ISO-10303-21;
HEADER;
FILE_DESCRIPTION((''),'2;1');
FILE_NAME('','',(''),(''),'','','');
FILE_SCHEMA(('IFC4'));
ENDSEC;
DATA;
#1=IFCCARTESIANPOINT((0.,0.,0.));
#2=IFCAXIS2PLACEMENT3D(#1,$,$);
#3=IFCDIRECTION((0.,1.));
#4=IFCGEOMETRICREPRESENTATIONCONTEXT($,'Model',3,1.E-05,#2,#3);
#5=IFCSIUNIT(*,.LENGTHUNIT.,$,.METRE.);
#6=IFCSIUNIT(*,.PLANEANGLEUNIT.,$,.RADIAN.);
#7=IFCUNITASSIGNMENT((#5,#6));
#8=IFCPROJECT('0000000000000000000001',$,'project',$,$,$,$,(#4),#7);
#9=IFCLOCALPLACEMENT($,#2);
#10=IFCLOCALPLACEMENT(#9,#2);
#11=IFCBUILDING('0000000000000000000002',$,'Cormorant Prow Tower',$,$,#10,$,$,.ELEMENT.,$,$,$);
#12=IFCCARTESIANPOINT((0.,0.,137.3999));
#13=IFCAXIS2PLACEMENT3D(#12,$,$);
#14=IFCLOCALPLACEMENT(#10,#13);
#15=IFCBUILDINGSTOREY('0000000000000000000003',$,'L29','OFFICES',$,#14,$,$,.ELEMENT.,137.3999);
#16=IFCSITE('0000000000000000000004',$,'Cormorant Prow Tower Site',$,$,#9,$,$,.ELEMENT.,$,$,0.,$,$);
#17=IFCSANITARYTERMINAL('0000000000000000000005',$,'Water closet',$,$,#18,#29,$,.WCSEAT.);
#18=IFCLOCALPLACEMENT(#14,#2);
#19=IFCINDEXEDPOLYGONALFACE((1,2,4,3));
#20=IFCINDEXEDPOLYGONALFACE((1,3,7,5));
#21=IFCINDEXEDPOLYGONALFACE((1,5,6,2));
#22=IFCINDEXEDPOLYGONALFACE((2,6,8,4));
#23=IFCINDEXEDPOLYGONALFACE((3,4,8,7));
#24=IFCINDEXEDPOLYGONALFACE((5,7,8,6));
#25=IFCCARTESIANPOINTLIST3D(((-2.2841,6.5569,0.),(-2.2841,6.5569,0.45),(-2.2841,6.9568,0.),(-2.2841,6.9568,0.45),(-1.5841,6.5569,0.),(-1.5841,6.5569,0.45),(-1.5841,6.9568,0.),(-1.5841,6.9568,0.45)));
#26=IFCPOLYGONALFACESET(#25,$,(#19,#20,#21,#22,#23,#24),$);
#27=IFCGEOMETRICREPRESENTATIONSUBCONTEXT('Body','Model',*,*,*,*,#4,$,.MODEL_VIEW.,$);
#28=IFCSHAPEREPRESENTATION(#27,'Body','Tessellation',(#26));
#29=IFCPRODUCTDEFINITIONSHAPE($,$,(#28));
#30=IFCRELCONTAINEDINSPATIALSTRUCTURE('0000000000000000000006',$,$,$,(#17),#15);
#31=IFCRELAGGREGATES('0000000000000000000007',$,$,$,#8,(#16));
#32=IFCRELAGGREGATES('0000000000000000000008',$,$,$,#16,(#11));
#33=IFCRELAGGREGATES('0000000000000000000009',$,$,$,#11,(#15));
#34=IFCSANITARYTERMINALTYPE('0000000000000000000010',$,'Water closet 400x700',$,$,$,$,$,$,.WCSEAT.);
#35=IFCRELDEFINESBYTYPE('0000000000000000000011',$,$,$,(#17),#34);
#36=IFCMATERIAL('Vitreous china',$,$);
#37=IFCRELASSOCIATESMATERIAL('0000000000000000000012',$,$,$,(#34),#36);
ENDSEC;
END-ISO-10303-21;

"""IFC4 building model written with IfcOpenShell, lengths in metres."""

from ifc_helpers import new_model, si_unit, direction, frame, origin, origin_2d, place, context, subcontext, project, spatial, rectangle, extrude, material, type_object, element, save


model = new_model("IFC4")

# Units and contexts
model_context = context("Model", 3, precision=1e-05, world=origin(), true_north=direction((0.0, 1.0)))
body_context = subcontext(model_context, "Body", "Model", "MODEL_VIEW")
ifc_project = project(units=[si_unit("LENGTHUNIT", "METRE"), si_unit("PLANEANGLEUNIT", "RADIAN")], contexts=[model_context])

# Site, building, storey
site_placement = place(None, origin())
site = spatial("IfcSite", under=ifc_project, at=site_placement, Name="Cormorant Prow Tower Site", CompositionType="ELEMENT", RefElevation=0.0)
building_placement = place(site_placement, origin())
building = spatial("IfcBuilding", under=site, at=building_placement, Name="Cormorant Prow Tower", CompositionType="ELEMENT")
storey_placement = place(building_placement, frame((0.0, 0.0, 137.3999)))
storey = spatial("IfcBuildingStorey", under=building, at=storey_placement, Name="L29", Description="OFFICES", CompositionType="ELEMENT", Elevation=137.3999)

# Sanitary terminal
ifc_material_1 = material(Name="Vitreous china")
sanitary_terminal_type_1 = type_object("IfcSanitaryTerminalType", Name="Water closet 400x700", PredefinedType="WCSEAT", material=ifc_material_1)
for number, where, z_axis, x_axis, name in (
    (1, (-1.9341, 6.7568, 0.0), (0.0, 0.0, 1.0), (0.0, 1.0, 0.0), "Water closet"),
):
    element("IfcSanitaryTerminal", number, at=place(storey_placement, frame(where, z_axis=z_axis, x_axis=x_axis)), inside=storey, type_object=sanitary_terminal_type_1, Name=name, PredefinedType="WCSEAT", context=body_context, shape_type="SweptSolid", body=[
        extrude(rectangle(XDim=0.3999, YDim=0.7, at=origin_2d()), origin(), (0.0, 0.0, 1.0), 0.45),
    ])

save(model, "model.ifc")
